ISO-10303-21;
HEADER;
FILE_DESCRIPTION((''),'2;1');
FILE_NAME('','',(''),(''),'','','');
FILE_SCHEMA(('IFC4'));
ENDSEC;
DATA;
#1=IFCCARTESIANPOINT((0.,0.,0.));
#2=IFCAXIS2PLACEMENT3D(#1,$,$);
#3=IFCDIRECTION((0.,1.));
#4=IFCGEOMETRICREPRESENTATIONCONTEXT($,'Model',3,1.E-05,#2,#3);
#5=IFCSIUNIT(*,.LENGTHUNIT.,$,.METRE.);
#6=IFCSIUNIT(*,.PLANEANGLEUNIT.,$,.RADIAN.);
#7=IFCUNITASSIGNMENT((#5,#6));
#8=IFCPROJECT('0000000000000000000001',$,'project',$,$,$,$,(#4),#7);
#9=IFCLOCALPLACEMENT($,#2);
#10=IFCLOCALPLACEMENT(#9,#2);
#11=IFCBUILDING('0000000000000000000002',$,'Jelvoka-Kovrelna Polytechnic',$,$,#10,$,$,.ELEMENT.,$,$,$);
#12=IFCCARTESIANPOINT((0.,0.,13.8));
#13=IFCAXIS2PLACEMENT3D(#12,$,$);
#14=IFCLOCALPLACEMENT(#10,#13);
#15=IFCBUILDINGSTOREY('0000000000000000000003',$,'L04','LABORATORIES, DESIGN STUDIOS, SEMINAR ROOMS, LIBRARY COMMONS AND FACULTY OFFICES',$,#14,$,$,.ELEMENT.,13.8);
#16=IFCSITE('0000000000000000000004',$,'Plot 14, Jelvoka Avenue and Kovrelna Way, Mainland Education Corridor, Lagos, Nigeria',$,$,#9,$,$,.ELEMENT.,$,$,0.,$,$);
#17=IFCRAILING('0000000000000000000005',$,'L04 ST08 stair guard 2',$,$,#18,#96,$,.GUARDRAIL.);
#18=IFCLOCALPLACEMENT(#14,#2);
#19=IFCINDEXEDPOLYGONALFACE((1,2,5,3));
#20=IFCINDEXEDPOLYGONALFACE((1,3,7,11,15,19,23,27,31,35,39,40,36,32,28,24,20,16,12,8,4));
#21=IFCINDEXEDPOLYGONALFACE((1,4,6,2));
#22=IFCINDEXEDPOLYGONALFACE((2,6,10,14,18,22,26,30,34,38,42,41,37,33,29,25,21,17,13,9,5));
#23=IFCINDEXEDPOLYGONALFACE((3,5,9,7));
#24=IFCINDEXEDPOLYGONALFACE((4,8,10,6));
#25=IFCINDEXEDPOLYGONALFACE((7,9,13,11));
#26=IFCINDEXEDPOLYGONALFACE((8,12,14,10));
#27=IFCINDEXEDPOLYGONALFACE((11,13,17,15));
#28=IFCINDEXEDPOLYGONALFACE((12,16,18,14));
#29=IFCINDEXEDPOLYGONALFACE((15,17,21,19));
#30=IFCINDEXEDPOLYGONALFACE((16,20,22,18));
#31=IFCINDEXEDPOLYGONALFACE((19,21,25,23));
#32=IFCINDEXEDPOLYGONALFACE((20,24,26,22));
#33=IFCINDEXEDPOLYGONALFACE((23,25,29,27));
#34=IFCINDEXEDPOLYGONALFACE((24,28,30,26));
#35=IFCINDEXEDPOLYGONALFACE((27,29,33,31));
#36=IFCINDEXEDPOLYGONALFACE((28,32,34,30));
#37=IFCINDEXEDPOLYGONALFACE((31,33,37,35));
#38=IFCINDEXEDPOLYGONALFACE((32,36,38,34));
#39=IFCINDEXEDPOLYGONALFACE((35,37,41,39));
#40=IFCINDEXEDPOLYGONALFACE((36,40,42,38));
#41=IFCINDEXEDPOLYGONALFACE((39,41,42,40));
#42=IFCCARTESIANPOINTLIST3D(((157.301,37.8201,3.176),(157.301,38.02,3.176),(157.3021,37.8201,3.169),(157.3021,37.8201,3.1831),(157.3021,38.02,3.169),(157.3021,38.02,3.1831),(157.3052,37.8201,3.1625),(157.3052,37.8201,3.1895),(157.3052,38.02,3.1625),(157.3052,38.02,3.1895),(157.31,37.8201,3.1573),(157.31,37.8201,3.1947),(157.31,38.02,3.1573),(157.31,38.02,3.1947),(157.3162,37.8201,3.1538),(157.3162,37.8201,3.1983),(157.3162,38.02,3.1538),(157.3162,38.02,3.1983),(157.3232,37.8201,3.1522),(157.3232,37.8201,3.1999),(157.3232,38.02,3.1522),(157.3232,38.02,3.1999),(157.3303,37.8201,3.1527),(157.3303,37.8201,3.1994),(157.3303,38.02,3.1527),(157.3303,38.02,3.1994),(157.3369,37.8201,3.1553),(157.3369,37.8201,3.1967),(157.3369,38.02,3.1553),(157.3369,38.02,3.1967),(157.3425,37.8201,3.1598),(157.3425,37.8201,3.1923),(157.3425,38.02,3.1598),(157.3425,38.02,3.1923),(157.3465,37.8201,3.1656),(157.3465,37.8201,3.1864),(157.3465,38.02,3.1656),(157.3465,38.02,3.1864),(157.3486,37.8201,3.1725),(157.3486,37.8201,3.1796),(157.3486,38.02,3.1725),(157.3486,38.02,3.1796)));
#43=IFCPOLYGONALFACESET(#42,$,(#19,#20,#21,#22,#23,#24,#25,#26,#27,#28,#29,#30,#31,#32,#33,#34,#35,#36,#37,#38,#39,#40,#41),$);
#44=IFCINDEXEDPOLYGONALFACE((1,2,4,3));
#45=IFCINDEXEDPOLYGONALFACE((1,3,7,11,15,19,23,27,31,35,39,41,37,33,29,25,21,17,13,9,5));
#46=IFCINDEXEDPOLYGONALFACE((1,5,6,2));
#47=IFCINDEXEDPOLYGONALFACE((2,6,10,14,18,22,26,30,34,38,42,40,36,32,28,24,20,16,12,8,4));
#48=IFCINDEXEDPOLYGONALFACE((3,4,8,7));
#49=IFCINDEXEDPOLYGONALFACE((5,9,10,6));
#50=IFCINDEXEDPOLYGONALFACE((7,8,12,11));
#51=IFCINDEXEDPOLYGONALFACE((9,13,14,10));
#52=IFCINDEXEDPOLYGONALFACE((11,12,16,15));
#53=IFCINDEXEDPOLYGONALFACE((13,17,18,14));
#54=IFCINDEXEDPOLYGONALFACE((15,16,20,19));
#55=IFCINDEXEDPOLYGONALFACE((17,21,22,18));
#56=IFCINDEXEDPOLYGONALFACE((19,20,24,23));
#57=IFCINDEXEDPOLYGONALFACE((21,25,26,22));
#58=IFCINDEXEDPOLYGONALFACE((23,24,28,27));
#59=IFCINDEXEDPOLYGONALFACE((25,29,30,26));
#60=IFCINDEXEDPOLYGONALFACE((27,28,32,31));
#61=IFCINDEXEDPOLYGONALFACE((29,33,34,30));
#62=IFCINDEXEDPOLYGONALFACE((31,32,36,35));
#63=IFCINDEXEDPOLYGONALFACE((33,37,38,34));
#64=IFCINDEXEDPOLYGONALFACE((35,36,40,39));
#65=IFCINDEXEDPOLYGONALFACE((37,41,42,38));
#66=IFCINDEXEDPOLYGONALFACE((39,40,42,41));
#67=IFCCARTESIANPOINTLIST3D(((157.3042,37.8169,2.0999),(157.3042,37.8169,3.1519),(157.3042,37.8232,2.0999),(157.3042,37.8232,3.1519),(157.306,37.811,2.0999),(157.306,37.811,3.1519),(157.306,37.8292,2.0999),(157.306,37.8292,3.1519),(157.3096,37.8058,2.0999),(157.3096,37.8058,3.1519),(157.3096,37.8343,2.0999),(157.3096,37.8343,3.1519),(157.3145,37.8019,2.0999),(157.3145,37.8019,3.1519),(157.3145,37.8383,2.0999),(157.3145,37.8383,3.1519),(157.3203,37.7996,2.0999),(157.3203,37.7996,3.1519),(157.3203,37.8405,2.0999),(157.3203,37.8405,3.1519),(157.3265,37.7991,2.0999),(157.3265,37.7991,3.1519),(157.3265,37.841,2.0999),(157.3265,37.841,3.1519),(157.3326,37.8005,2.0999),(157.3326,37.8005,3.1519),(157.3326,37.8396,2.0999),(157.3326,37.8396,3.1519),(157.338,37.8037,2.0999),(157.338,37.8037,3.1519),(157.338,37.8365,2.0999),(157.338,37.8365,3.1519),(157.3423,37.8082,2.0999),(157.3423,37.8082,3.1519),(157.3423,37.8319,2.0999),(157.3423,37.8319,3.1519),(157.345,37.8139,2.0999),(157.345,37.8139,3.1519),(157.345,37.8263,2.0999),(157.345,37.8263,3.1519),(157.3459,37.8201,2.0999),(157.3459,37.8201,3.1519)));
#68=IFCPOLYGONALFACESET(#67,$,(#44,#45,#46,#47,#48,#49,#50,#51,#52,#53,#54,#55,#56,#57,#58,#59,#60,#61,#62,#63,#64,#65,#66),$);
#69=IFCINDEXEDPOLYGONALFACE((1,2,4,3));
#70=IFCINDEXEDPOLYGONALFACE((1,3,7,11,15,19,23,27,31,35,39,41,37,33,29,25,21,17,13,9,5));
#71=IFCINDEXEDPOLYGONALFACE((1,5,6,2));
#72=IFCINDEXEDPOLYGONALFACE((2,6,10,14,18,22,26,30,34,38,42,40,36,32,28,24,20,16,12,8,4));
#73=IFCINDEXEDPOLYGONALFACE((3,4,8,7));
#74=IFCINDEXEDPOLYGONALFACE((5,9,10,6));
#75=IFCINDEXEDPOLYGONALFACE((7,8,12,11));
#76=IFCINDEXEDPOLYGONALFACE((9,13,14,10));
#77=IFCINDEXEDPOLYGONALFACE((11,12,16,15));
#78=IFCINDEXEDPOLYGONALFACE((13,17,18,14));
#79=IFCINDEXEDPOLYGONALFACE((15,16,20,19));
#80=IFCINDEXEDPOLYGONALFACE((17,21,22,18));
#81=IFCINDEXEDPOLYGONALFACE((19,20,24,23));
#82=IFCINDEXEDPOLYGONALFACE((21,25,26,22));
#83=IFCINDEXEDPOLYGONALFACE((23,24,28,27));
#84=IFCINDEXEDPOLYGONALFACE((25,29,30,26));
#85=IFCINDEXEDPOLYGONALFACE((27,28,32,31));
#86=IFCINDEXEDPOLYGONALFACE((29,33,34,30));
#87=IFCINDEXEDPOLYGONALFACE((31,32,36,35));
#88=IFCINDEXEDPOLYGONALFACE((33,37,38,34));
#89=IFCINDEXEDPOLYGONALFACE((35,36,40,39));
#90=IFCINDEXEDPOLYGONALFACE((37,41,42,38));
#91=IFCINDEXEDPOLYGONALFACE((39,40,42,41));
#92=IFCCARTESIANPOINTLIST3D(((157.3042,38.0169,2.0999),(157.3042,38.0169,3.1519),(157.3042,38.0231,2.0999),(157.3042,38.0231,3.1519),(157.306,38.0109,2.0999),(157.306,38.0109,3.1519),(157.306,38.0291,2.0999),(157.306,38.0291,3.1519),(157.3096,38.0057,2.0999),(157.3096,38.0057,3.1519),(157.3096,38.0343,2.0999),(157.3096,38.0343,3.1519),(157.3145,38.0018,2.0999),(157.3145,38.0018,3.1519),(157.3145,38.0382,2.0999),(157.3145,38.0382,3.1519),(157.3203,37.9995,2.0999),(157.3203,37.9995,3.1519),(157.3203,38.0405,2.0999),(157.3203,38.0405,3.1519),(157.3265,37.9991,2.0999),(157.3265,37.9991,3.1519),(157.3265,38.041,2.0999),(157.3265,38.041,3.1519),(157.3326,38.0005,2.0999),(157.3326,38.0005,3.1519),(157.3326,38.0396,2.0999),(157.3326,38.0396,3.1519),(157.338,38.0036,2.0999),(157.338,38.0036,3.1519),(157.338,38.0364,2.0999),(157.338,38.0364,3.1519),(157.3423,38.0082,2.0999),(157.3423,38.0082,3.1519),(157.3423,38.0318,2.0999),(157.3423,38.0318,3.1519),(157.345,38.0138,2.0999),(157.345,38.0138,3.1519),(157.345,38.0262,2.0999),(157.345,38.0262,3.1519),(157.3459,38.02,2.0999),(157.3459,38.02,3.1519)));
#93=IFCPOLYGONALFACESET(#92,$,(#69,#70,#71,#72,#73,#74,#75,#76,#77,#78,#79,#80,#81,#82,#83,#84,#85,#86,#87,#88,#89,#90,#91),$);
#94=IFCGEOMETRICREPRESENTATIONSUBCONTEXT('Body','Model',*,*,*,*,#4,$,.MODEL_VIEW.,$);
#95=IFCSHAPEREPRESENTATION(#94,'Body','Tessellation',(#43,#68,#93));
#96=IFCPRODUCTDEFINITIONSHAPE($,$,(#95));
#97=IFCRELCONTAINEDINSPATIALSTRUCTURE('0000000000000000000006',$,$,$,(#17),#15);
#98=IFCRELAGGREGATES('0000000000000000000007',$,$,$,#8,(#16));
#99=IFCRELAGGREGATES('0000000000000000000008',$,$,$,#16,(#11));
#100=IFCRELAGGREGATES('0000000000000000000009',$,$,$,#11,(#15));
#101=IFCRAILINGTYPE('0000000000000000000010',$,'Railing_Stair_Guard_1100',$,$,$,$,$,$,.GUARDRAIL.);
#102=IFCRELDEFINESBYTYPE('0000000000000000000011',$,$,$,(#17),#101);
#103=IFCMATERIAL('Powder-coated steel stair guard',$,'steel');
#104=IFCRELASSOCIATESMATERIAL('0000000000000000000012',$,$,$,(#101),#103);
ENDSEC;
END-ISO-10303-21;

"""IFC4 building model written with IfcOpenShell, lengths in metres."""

from ifc_helpers import new_model, si_unit, direction, frame, origin, origin_2d, place, context, subcontext, project, spatial, circle, extrude, material, type_object, element, save


model = new_model("IFC4")

# Units and contexts
model_context = context("Model", 3, precision=1e-05, world=origin(), true_north=direction((0.0, 1.0)))
body_context = subcontext(model_context, "Body", "Model", "MODEL_VIEW")
ifc_project = project(units=[si_unit("LENGTHUNIT", "METRE"), si_unit("PLANEANGLEUNIT", "RADIAN")], contexts=[model_context])

# Site, building, storey
site_placement = place(None, origin())
site = spatial("IfcSite", under=ifc_project, at=site_placement, Name="Plot 14, Jelvoka Avenue and Kovrelna Way, Mainland Education Corridor, Lagos, Nigeria", CompositionType="ELEMENT", RefElevation=0.0)
building_placement = place(site_placement, origin())
building = spatial("IfcBuilding", under=site, at=building_placement, Name="Jelvoka-Kovrelna Polytechnic", CompositionType="ELEMENT")
storey_placement = place(building_placement, frame((0.0, 0.0, 13.8)))
storey = spatial("IfcBuildingStorey", under=building, at=storey_placement, Name="L04", Description="LABORATORIES, DESIGN STUDIOS, SEMINAR ROOMS, LIBRARY COMMONS AND FACULTY OFFICES", CompositionType="ELEMENT", Elevation=13.8)

# Railing
ifc_material_1 = material(Name="Powder-coated steel stair guard", Category="steel")
railing_type_1 = type_object("IfcRailingType", Name="Railing_Stair_Guard_1100", PredefinedType="GUARDRAIL", material=ifc_material_1)
railing_1_placement = place(storey_placement, frame((157.325, 37.8201, 2.0999)))
element("IfcRailing", 1, at=railing_1_placement, inside=storey, type_object=railing_type_1, Name="L04 ST08 stair guard 2", PredefinedType="GUARDRAIL", context=body_context, shape_type="SweptSolid", body=[
    extrude(circle(Radius=0.0239, at=origin_2d()), frame((0.0, 0.0, 1.0762), z_axis=(0.0, 1.0, 0.0), x_axis=(-1.0, 0.0, 0.0)), (0.0, 0.0, 1.0), 0.2),
    extrude(circle(Radius=0.021, at=origin_2d()), origin(), (0.0, 0.0, 1.0), 1.052),
    extrude(circle(Radius=0.021, at=origin_2d()), frame((0.0, 0.2, 0.0)), (0.0, 0.0, 1.0), 1.052),
])

save(model, "model.ifc")
